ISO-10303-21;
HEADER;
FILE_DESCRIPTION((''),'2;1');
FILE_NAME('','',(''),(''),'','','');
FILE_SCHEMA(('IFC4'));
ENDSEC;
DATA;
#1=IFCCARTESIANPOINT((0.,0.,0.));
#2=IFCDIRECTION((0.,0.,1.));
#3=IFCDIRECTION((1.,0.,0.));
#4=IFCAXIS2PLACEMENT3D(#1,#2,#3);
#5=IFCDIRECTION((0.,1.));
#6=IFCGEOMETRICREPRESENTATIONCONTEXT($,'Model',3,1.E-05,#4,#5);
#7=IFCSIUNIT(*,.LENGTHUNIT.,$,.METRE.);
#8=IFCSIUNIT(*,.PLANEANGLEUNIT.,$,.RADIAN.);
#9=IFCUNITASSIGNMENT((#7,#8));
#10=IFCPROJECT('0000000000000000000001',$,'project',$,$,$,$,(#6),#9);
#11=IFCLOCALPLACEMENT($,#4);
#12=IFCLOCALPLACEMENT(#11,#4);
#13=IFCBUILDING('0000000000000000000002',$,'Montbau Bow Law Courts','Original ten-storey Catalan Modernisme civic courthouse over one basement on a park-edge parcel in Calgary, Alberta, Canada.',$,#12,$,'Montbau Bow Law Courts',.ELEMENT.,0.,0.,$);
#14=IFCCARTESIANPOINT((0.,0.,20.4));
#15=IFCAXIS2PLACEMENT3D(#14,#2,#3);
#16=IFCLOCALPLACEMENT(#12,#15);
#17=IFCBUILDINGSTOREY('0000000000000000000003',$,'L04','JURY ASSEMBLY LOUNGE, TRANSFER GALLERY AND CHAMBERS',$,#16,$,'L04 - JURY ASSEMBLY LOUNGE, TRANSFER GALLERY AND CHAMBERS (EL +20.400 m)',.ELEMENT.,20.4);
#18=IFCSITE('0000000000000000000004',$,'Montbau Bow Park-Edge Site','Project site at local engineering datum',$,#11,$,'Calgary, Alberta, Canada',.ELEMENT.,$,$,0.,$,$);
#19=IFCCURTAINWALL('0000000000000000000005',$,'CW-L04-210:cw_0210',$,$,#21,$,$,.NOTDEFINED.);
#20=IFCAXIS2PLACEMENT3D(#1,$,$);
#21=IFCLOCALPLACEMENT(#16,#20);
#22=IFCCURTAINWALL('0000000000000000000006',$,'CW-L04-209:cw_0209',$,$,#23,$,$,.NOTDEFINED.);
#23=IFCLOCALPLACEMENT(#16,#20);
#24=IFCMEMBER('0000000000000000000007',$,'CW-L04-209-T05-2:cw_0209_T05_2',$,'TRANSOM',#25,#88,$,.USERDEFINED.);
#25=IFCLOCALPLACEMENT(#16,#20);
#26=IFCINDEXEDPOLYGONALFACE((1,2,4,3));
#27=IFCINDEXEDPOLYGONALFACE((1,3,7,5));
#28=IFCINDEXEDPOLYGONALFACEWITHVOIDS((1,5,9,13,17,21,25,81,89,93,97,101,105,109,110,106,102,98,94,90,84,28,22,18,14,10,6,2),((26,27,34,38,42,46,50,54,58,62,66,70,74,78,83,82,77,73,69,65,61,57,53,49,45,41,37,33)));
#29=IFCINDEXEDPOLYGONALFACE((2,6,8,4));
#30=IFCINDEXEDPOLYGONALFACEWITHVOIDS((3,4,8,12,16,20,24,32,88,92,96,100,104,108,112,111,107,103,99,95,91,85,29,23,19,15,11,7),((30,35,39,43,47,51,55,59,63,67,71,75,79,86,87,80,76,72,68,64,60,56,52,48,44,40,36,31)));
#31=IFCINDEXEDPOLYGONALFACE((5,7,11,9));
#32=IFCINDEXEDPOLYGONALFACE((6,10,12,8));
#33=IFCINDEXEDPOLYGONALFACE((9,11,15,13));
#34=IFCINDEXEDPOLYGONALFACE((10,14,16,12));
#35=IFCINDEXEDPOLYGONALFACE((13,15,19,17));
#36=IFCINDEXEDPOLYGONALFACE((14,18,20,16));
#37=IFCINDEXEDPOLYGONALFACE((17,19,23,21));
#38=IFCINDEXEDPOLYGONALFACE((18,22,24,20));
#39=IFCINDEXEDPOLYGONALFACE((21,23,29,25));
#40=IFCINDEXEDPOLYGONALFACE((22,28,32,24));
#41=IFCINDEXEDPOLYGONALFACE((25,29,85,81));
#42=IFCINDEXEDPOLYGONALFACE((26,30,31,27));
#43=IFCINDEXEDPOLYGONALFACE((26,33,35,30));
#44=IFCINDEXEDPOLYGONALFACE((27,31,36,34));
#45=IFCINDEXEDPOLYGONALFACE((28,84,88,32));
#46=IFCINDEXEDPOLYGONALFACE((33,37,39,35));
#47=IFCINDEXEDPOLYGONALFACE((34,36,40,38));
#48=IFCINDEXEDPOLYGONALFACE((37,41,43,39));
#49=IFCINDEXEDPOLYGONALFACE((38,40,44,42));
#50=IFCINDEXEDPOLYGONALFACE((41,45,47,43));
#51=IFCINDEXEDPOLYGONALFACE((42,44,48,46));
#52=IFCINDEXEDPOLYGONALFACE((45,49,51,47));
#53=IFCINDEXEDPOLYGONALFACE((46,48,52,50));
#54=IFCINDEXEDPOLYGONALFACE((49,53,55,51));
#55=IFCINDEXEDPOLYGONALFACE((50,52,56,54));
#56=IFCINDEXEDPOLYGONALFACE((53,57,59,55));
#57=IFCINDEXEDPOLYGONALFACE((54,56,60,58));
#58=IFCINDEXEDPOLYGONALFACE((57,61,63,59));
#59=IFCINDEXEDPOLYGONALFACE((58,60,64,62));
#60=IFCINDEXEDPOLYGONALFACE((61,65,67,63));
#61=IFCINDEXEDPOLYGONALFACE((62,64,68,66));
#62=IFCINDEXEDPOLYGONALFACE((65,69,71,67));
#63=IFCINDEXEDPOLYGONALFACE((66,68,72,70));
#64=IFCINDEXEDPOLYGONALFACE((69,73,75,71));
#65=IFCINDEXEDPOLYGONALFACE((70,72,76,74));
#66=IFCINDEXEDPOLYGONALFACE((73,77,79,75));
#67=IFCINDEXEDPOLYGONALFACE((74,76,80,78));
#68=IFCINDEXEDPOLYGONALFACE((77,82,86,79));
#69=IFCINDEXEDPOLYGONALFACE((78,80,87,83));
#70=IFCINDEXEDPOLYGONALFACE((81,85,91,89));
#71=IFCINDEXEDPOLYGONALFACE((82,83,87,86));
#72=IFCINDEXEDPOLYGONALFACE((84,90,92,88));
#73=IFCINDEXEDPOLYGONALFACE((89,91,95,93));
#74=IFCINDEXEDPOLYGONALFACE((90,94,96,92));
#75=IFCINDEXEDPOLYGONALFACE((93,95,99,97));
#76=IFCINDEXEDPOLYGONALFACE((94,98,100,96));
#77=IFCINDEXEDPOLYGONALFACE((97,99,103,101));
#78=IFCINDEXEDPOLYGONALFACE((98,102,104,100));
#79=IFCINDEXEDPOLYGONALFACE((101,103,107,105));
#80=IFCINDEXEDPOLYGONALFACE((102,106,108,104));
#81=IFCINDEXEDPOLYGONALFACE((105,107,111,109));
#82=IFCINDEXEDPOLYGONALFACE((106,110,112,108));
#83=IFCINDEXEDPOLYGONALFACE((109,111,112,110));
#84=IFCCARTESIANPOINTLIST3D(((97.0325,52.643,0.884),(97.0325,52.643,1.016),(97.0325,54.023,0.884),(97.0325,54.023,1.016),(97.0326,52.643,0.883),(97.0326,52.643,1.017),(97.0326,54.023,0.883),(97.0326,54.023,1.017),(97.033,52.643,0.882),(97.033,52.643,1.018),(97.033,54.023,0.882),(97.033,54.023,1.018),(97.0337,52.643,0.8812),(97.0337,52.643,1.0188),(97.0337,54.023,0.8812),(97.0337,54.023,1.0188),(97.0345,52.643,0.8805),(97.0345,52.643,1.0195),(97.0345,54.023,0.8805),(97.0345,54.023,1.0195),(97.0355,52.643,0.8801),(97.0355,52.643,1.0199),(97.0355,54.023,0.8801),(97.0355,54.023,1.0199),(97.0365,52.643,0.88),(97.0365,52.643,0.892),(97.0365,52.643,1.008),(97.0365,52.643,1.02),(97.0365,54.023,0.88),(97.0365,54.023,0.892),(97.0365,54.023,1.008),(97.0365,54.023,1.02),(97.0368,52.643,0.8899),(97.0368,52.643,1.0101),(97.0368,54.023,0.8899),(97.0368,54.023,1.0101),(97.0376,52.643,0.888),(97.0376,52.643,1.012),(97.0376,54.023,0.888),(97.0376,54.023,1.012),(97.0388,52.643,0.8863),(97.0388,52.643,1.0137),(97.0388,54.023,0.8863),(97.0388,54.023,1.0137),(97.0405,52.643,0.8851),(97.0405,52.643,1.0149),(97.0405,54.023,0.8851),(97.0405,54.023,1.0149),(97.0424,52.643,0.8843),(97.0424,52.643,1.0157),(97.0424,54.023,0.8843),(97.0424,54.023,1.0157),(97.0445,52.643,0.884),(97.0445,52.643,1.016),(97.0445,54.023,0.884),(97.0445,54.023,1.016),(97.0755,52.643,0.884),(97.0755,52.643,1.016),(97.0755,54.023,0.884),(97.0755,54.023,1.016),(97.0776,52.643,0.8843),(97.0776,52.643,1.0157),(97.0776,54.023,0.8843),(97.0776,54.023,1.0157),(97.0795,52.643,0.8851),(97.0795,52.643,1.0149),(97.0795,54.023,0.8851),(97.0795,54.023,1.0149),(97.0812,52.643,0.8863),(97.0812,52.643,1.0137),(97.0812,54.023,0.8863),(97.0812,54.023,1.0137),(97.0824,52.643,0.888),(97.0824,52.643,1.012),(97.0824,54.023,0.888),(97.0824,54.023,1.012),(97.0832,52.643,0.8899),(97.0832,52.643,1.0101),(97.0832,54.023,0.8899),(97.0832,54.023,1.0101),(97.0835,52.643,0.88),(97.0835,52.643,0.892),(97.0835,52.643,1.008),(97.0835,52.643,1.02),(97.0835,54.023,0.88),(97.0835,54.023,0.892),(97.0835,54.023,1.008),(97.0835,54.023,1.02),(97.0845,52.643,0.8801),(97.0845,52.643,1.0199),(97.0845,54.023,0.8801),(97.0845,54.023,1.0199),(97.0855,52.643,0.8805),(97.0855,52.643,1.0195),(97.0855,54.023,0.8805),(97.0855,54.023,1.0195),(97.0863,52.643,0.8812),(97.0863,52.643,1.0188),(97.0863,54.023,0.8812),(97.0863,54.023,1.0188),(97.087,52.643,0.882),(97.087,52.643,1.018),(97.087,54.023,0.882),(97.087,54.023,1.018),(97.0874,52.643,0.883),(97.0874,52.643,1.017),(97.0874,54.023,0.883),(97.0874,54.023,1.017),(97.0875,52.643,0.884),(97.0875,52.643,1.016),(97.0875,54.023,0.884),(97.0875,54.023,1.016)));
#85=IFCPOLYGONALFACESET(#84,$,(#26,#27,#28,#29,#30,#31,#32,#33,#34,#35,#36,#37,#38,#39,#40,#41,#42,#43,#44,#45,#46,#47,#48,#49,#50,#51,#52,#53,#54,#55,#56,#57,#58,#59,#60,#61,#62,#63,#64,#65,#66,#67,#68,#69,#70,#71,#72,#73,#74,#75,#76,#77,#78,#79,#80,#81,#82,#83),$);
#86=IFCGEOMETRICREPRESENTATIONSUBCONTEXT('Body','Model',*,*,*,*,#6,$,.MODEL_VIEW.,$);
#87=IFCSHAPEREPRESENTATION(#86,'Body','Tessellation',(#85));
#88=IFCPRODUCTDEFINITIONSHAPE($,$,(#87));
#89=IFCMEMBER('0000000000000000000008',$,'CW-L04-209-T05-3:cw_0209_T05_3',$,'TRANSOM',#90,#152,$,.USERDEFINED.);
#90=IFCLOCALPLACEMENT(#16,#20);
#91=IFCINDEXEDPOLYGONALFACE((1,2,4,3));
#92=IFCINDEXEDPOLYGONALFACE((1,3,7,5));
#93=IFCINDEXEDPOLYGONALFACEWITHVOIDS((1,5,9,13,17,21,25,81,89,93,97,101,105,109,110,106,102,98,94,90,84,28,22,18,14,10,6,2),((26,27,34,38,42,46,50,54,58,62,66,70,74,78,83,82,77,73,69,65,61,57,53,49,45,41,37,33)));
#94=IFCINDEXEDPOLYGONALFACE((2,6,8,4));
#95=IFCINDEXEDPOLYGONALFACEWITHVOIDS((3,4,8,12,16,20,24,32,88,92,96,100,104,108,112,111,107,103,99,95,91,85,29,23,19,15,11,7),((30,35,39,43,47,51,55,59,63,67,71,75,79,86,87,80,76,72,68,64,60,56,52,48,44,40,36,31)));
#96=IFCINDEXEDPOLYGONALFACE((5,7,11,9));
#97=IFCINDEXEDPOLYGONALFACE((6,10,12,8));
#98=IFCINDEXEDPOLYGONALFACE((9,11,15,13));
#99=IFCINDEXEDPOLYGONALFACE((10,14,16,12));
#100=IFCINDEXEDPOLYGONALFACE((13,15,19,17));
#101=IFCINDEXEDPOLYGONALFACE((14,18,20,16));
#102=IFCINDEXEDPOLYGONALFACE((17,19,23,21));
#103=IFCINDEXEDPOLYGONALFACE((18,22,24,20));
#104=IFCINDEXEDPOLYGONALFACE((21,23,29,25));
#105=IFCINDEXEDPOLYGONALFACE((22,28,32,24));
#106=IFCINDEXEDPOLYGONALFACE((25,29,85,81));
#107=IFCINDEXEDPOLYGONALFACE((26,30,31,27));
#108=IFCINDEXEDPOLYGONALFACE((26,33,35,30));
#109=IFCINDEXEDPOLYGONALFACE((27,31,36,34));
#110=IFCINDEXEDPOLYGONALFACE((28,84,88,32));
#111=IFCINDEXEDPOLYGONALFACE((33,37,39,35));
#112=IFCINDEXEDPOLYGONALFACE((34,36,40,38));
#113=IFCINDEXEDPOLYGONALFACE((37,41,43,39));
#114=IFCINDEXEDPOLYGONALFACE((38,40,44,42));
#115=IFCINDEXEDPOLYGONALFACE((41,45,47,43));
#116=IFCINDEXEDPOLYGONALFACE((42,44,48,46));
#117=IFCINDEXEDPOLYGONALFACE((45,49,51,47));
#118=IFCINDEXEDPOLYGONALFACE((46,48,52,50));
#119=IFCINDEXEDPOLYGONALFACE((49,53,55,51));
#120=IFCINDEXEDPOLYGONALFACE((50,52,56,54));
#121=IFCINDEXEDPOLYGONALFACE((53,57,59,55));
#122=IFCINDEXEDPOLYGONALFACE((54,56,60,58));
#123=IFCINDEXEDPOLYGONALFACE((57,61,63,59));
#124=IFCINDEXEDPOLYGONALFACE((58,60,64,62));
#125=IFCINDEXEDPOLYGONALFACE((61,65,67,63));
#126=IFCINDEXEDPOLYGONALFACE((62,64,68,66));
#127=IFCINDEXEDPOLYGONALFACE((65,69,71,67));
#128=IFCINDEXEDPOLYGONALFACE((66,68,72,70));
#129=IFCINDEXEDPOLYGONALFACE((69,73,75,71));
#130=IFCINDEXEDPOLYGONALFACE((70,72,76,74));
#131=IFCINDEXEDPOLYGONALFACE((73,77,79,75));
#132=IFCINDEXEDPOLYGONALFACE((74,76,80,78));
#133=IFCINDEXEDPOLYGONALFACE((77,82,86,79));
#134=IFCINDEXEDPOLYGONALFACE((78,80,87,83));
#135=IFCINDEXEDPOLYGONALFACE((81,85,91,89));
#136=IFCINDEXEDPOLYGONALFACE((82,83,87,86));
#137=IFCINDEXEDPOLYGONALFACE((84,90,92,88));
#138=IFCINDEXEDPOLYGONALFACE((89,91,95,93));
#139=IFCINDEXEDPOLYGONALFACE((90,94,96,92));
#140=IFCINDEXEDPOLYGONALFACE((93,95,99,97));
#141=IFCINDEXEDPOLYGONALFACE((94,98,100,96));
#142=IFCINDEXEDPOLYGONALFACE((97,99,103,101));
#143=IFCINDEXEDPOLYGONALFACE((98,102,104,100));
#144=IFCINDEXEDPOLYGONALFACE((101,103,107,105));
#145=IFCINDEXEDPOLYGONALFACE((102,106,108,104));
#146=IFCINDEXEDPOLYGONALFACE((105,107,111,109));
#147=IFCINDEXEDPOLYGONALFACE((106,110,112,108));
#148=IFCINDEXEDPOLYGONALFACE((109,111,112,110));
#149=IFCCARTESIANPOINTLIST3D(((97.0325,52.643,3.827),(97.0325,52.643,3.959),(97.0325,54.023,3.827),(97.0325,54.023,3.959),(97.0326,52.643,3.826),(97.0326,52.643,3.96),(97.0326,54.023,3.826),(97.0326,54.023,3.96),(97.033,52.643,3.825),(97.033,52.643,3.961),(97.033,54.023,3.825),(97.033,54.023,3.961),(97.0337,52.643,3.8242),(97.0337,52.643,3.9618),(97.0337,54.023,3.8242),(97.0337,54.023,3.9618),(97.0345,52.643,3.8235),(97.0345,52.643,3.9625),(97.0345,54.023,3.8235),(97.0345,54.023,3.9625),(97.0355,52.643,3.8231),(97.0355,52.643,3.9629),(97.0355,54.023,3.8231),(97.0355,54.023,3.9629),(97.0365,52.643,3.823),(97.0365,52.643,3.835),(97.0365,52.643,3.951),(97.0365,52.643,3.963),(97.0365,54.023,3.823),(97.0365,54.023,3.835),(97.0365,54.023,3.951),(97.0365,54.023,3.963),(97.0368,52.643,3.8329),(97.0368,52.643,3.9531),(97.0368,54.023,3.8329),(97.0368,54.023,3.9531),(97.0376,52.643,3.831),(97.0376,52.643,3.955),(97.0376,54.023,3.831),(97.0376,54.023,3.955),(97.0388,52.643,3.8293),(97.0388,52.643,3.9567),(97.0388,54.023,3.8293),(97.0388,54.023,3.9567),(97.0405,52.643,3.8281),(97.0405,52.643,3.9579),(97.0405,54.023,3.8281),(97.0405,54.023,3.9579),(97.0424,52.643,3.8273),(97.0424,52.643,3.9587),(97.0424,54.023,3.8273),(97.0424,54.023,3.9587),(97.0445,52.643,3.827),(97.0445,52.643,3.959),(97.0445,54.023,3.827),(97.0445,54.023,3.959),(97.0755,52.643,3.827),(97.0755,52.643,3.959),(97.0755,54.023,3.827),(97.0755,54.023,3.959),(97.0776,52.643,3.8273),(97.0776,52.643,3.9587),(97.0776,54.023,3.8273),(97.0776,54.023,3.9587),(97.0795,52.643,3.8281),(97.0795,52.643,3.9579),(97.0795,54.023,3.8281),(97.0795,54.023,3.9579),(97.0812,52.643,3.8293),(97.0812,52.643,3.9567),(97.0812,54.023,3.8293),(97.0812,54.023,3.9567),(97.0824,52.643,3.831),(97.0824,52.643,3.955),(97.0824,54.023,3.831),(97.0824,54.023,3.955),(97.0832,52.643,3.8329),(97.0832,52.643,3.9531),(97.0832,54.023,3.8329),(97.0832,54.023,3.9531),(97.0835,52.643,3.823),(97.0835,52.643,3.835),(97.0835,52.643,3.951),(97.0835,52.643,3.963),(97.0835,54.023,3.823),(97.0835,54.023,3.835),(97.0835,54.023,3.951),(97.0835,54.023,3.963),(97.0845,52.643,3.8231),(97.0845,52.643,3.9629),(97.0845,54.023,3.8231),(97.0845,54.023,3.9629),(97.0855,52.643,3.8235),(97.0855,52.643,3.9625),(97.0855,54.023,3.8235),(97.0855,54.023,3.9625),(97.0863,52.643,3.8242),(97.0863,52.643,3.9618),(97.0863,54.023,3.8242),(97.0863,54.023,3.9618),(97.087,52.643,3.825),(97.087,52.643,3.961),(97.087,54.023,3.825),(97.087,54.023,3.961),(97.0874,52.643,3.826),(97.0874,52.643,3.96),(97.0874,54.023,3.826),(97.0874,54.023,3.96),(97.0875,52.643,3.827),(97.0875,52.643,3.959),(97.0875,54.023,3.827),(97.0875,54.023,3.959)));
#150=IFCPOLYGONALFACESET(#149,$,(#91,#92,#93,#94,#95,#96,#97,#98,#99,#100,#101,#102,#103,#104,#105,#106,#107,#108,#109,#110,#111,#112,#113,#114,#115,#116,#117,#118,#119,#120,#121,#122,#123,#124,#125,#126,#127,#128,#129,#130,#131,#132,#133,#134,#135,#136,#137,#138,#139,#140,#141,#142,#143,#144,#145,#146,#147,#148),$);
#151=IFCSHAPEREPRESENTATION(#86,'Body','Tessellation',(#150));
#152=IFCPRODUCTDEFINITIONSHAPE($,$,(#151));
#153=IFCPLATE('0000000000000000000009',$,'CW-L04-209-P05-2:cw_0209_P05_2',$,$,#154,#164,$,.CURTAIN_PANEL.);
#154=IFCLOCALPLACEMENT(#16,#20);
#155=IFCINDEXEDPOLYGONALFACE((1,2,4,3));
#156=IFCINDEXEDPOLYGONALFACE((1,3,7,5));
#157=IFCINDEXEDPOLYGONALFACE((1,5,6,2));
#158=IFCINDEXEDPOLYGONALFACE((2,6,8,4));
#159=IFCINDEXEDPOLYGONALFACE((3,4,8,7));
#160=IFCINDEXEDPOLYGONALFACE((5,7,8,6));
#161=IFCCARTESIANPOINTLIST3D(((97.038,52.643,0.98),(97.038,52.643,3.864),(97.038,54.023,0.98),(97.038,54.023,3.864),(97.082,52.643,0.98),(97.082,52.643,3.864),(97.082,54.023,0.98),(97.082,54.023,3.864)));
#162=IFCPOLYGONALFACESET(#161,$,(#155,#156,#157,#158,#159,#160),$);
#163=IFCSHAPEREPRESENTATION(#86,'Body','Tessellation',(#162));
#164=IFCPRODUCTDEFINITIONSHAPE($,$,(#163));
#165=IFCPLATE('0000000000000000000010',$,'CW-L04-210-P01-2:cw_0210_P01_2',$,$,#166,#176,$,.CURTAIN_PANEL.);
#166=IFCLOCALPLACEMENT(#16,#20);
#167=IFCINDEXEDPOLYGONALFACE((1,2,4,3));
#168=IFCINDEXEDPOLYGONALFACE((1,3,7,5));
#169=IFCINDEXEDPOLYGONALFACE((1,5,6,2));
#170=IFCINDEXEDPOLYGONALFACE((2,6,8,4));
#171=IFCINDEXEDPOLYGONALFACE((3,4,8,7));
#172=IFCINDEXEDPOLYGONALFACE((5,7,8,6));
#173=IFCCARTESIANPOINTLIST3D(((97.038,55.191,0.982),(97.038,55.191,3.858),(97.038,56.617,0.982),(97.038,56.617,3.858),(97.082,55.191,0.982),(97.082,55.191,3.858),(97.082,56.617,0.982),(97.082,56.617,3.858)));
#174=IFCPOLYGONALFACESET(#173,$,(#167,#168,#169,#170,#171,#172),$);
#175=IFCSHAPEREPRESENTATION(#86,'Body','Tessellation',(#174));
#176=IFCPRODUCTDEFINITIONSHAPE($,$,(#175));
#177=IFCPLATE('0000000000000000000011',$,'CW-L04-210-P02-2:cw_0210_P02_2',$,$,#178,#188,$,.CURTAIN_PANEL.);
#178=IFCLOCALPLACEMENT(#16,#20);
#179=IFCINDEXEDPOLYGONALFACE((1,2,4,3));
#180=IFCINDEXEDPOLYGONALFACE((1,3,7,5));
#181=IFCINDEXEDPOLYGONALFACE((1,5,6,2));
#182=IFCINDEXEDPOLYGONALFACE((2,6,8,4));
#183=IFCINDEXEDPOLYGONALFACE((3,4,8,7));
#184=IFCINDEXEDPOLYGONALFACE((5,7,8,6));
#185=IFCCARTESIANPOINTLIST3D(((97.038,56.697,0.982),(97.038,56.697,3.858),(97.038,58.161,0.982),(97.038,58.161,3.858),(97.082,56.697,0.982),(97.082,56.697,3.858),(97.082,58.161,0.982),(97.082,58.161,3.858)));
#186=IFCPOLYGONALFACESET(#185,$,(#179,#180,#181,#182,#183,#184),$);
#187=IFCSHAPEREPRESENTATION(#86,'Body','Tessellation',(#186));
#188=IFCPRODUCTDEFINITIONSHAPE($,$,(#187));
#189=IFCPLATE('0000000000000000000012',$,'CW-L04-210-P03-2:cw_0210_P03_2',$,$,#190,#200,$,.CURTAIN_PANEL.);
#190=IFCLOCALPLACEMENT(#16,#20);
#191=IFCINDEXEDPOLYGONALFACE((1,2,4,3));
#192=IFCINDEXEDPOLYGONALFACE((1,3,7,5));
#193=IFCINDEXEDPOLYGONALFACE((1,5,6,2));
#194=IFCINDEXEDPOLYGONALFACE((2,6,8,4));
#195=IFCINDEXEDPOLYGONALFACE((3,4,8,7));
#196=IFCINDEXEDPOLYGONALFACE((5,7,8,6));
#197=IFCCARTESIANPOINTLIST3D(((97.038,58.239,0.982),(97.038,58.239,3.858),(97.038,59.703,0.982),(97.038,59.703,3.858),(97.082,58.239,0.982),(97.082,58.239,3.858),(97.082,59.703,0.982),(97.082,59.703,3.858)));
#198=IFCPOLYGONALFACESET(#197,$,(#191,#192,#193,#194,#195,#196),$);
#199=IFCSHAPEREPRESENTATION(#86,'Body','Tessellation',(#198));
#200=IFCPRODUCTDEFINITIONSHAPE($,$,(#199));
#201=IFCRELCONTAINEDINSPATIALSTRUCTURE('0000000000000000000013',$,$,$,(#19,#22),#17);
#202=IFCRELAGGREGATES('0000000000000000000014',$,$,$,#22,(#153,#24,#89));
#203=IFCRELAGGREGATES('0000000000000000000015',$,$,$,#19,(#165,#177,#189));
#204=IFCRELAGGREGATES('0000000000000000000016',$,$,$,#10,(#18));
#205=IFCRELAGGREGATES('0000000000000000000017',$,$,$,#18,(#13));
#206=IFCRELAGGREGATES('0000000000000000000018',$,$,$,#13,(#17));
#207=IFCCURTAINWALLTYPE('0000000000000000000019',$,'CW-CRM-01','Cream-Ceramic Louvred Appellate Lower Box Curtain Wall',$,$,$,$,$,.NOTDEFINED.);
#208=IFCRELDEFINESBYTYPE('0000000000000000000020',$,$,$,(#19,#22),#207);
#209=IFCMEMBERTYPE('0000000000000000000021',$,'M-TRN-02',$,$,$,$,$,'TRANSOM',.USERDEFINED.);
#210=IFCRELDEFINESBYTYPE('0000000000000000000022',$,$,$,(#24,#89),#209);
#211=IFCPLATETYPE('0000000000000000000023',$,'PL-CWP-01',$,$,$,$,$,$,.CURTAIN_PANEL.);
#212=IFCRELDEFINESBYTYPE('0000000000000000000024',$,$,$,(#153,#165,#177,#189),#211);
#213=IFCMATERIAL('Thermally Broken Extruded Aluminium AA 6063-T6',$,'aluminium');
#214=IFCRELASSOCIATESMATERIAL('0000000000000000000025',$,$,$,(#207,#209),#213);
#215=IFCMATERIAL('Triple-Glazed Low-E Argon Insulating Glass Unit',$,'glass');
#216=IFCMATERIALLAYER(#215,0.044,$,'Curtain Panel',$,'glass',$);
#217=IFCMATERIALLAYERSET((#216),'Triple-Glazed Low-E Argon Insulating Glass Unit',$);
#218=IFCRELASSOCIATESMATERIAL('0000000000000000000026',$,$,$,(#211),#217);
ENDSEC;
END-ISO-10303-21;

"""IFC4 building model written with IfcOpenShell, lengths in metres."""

from ifc_helpers import new_model, si_unit, direction, frame, frame_2d, origin_with_axes, origin_2d_with_axis, place, context, subcontext, project, spatial, rectangle, hollow_rectangle, extrude, material, layer, layer_set, material_profile, profile_set, type_object, element, aggregate, save


model = new_model("IFC4")

# Units and contexts
model_context = context("Model", 3, precision=1e-05, world=origin_with_axes(), true_north=direction((0.0, 1.0)))
body_context = subcontext(model_context, "Body", "Model", "MODEL_VIEW")
ifc_project = project(units=[si_unit("LENGTHUNIT", "METRE"), si_unit("PLANEANGLEUNIT", "RADIAN")], contexts=[model_context])

# Site, building, storey
site_placement = place(None, origin_with_axes())
site = spatial("IfcSite", under=ifc_project, at=site_placement, Name="Montbau Bow Park-Edge Site", Description="Project site at local engineering datum", LongName="Calgary, Alberta, Canada", CompositionType="ELEMENT", RefElevation=0.0)
building_placement = place(site_placement, origin_with_axes())
building = spatial("IfcBuilding", under=site, at=building_placement, Name="Montbau Bow Law Courts", Description="Original ten-storey Catalan Modernisme civic courthouse over one basement on a park-edge parcel in Calgary, Alberta, Canada.", LongName="Montbau Bow Law Courts", CompositionType="ELEMENT", ElevationOfRefHeight=0.0, ElevationOfTerrain=0.0)
storey_placement = place(building_placement, frame((0.0, 0.0, 20.4), z_axis=(0.0, 0.0, 1.0), x_axis=(1.0, 0.0, 0.0)))
storey = spatial("IfcBuildingStorey", under=building, at=storey_placement, Name="L04", Description="JURY ASSEMBLY LOUNGE, TRANSFER GALLERY AND CHAMBERS", LongName="L04 - JURY ASSEMBLY LOUNGE, TRANSFER GALLERY AND CHAMBERS (EL +20.400 m)", CompositionType="ELEMENT", Elevation=20.4)

# Curtain walls
ifc_material_1 = material(Name="Thermally Broken Extruded Aluminium AA 6063-T6", Category="aluminium")
curtain_wall_type = type_object("IfcCurtainWallType", Name="CW-CRM-01", Description="Cream-Ceramic Louvred Appellate Lower Box Curtain Wall", PredefinedType="NOTDEFINED", material=ifc_material_1)
curtain_wall_1_placement = place(None, frame((97.06, 55.115, 20.4), z_axis=(0.0, 0.0, 1.0), x_axis=(1.0, 0.0, 0.0)))
curtain_wall_1 = element("IfcCurtainWall", 1, at=curtain_wall_1_placement, inside=storey, type_object=curtain_wall_type, Name="CW-L04-210:cw_0210", PredefinedType="NOTDEFINED")
curtain_wall_2_placement = place(None, frame((97.06, 46.715, 20.4), z_axis=(0.0, 0.0, 1.0), x_axis=(1.0, 0.0, 0.0)))
curtain_wall_2 = element("IfcCurtainWall", 2, at=curtain_wall_2_placement, inside=storey, type_object=curtain_wall_type, Name="CW-L04-209:cw_0209", PredefinedType="NOTDEFINED")

# Members
ifc_material_profile_1 = material_profile(ifc_material_1, hollow_rectangle(XDim=0.055, YDim=0.14, WallThickness=0.004, InnerFilletRadius=0.008, OuterFilletRadius=0.004, at=origin_2d_with_axis()), Name="CWT-140X55", Category="Main", Priority=0)
ifc_profile_set_1 = profile_set([ifc_material_profile_1], Name="Thermally Broken Extruded Aluminium AA 6063-T6")
member_type_1 = type_object("IfcMemberType", Name="M-TRN-02", ElementType="TRANSOM", PredefinedType="USERDEFINED", material=ifc_profile_set_1)
member_1_placement = place(None, frame((97.06, 52.643, 21.35), z_axis=(0.0, 1.0, 0.0), x_axis=(-1.0, 0.0, 0.0)))
member_1 = element("IfcMember", 3, at=member_1_placement, type_object=member_type_1, Name="CW-L04-209-T05-2:cw_0209_T05_2", ObjectType="TRANSOM", PredefinedType="USERDEFINED", context=body_context, shape_type="SweptSolid", body=[
    extrude(hollow_rectangle(XDim=0.055, YDim=0.14, WallThickness=0.004, InnerFilletRadius=0.008, OuterFilletRadius=0.004, at=origin_2d_with_axis()), origin_with_axes(), (0.0, 0.0, 1.0), 1.38),
])
member_2_placement = place(None, frame((97.06, 52.643, 24.293), z_axis=(0.0, 1.0, 0.0), x_axis=(-1.0, 0.0, 0.0)))
member_2 = element("IfcMember", 4, at=member_2_placement, type_object=member_type_1, Name="CW-L04-209-T05-3:cw_0209_T05_3", ObjectType="TRANSOM", PredefinedType="USERDEFINED", context=body_context, shape_type="SweptSolid", body=[
    extrude(hollow_rectangle(XDim=0.055, YDim=0.14, WallThickness=0.004, InnerFilletRadius=0.008, OuterFilletRadius=0.004, at=origin_2d_with_axis()), origin_with_axes(), (0.0, 0.0, 1.0), 1.38),
])

# Plates
ifc_material_2 = material(Name="Triple-Glazed Low-E Argon Insulating Glass Unit", Category="glass")
ifc_layer_1 = layer(ifc_material_2, 0.044, Name="Curtain Panel", Category="glass")
ifc_layer_set_1 = layer_set([ifc_layer_1], Name="Triple-Glazed Low-E Argon Insulating Glass Unit")
plate_type_1 = type_object("IfcPlateType", Name="PL-CWP-01", PredefinedType="CURTAIN_PANEL", material=ifc_layer_set_1)
plate_1_placement = place(None, frame((97.06, 52.643, 21.38), z_axis=(1.0, 0.0, 0.0), x_axis=(0.0, 1.0, 0.0)))
plate_1 = element("IfcPlate", 5, at=plate_1_placement, type_object=plate_type_1, Name="CW-L04-209-P05-2:cw_0209_P05_2", PredefinedType="CURTAIN_PANEL", context=body_context, shape_type="SweptSolid", body=[
    extrude(rectangle(XDim=1.38, YDim=2.884, at=frame_2d((0.69, 1.442), x_axis=(1.0, 0.0))), frame((0.0, 0.0, -0.022), z_axis=(0.0, 0.0, 1.0), x_axis=(1.0, 0.0, 0.0)), (0.0, 0.0, 1.0), 0.044),
])
plate_2_placement = place(None, frame((97.06, 55.191, 21.382), z_axis=(1.0, 0.0, 0.0), x_axis=(0.0, 1.0, 0.0)))
plate_2 = element("IfcPlate", 6, at=plate_2_placement, type_object=plate_type_1, Name="CW-L04-210-P01-2:cw_0210_P01_2", PredefinedType="CURTAIN_PANEL", context=body_context, shape_type="SweptSolid", body=[
    extrude(rectangle(XDim=1.426, YDim=2.876, at=frame_2d((0.713, 1.438), x_axis=(1.0, 0.0))), frame((0.0, 0.0, -0.022), z_axis=(0.0, 0.0, 1.0), x_axis=(1.0, 0.0, 0.0)), (0.0, 0.0, 1.0), 0.044),
])
plate_3_placement = place(None, frame((97.06, 56.697, 21.382), z_axis=(1.0, 0.0, 0.0), x_axis=(0.0, 1.0, 0.0)))
plate_3 = element("IfcPlate", 7, at=plate_3_placement, type_object=plate_type_1, Name="CW-L04-210-P02-2:cw_0210_P02_2", PredefinedType="CURTAIN_PANEL", context=body_context, shape_type="SweptSolid", body=[
    extrude(rectangle(XDim=1.464, YDim=2.876, at=frame_2d((0.732, 1.438), x_axis=(1.0, 0.0))), frame((0.0, 0.0, -0.022), z_axis=(0.0, 0.0, 1.0), x_axis=(1.0, 0.0, 0.0)), (0.0, 0.0, 1.0), 0.044),
])
plate_4_placement = place(None, frame((97.06, 58.239, 21.382), z_axis=(1.0, 0.0, 0.0), x_axis=(0.0, 1.0, 0.0)))
plate_4 = element("IfcPlate", 8, at=plate_4_placement, type_object=plate_type_1, Name="CW-L04-210-P03-2:cw_0210_P03_2", PredefinedType="CURTAIN_PANEL", context=body_context, shape_type="SweptSolid", body=[
    extrude(rectangle(XDim=1.464, YDim=2.876, at=frame_2d((0.732, 1.438), x_axis=(1.0, 0.0))), frame((0.0, 0.0, -0.022), z_axis=(0.0, 0.0, 1.0), x_axis=(1.0, 0.0, 0.0)), (0.0, 0.0, 1.0), 0.044),
])
aggregate(curtain_wall_2, [plate_1, member_1, member_2])
aggregate(curtain_wall_1, [plate_2, plate_3, plate_4])

save(model, "model.ifc")
